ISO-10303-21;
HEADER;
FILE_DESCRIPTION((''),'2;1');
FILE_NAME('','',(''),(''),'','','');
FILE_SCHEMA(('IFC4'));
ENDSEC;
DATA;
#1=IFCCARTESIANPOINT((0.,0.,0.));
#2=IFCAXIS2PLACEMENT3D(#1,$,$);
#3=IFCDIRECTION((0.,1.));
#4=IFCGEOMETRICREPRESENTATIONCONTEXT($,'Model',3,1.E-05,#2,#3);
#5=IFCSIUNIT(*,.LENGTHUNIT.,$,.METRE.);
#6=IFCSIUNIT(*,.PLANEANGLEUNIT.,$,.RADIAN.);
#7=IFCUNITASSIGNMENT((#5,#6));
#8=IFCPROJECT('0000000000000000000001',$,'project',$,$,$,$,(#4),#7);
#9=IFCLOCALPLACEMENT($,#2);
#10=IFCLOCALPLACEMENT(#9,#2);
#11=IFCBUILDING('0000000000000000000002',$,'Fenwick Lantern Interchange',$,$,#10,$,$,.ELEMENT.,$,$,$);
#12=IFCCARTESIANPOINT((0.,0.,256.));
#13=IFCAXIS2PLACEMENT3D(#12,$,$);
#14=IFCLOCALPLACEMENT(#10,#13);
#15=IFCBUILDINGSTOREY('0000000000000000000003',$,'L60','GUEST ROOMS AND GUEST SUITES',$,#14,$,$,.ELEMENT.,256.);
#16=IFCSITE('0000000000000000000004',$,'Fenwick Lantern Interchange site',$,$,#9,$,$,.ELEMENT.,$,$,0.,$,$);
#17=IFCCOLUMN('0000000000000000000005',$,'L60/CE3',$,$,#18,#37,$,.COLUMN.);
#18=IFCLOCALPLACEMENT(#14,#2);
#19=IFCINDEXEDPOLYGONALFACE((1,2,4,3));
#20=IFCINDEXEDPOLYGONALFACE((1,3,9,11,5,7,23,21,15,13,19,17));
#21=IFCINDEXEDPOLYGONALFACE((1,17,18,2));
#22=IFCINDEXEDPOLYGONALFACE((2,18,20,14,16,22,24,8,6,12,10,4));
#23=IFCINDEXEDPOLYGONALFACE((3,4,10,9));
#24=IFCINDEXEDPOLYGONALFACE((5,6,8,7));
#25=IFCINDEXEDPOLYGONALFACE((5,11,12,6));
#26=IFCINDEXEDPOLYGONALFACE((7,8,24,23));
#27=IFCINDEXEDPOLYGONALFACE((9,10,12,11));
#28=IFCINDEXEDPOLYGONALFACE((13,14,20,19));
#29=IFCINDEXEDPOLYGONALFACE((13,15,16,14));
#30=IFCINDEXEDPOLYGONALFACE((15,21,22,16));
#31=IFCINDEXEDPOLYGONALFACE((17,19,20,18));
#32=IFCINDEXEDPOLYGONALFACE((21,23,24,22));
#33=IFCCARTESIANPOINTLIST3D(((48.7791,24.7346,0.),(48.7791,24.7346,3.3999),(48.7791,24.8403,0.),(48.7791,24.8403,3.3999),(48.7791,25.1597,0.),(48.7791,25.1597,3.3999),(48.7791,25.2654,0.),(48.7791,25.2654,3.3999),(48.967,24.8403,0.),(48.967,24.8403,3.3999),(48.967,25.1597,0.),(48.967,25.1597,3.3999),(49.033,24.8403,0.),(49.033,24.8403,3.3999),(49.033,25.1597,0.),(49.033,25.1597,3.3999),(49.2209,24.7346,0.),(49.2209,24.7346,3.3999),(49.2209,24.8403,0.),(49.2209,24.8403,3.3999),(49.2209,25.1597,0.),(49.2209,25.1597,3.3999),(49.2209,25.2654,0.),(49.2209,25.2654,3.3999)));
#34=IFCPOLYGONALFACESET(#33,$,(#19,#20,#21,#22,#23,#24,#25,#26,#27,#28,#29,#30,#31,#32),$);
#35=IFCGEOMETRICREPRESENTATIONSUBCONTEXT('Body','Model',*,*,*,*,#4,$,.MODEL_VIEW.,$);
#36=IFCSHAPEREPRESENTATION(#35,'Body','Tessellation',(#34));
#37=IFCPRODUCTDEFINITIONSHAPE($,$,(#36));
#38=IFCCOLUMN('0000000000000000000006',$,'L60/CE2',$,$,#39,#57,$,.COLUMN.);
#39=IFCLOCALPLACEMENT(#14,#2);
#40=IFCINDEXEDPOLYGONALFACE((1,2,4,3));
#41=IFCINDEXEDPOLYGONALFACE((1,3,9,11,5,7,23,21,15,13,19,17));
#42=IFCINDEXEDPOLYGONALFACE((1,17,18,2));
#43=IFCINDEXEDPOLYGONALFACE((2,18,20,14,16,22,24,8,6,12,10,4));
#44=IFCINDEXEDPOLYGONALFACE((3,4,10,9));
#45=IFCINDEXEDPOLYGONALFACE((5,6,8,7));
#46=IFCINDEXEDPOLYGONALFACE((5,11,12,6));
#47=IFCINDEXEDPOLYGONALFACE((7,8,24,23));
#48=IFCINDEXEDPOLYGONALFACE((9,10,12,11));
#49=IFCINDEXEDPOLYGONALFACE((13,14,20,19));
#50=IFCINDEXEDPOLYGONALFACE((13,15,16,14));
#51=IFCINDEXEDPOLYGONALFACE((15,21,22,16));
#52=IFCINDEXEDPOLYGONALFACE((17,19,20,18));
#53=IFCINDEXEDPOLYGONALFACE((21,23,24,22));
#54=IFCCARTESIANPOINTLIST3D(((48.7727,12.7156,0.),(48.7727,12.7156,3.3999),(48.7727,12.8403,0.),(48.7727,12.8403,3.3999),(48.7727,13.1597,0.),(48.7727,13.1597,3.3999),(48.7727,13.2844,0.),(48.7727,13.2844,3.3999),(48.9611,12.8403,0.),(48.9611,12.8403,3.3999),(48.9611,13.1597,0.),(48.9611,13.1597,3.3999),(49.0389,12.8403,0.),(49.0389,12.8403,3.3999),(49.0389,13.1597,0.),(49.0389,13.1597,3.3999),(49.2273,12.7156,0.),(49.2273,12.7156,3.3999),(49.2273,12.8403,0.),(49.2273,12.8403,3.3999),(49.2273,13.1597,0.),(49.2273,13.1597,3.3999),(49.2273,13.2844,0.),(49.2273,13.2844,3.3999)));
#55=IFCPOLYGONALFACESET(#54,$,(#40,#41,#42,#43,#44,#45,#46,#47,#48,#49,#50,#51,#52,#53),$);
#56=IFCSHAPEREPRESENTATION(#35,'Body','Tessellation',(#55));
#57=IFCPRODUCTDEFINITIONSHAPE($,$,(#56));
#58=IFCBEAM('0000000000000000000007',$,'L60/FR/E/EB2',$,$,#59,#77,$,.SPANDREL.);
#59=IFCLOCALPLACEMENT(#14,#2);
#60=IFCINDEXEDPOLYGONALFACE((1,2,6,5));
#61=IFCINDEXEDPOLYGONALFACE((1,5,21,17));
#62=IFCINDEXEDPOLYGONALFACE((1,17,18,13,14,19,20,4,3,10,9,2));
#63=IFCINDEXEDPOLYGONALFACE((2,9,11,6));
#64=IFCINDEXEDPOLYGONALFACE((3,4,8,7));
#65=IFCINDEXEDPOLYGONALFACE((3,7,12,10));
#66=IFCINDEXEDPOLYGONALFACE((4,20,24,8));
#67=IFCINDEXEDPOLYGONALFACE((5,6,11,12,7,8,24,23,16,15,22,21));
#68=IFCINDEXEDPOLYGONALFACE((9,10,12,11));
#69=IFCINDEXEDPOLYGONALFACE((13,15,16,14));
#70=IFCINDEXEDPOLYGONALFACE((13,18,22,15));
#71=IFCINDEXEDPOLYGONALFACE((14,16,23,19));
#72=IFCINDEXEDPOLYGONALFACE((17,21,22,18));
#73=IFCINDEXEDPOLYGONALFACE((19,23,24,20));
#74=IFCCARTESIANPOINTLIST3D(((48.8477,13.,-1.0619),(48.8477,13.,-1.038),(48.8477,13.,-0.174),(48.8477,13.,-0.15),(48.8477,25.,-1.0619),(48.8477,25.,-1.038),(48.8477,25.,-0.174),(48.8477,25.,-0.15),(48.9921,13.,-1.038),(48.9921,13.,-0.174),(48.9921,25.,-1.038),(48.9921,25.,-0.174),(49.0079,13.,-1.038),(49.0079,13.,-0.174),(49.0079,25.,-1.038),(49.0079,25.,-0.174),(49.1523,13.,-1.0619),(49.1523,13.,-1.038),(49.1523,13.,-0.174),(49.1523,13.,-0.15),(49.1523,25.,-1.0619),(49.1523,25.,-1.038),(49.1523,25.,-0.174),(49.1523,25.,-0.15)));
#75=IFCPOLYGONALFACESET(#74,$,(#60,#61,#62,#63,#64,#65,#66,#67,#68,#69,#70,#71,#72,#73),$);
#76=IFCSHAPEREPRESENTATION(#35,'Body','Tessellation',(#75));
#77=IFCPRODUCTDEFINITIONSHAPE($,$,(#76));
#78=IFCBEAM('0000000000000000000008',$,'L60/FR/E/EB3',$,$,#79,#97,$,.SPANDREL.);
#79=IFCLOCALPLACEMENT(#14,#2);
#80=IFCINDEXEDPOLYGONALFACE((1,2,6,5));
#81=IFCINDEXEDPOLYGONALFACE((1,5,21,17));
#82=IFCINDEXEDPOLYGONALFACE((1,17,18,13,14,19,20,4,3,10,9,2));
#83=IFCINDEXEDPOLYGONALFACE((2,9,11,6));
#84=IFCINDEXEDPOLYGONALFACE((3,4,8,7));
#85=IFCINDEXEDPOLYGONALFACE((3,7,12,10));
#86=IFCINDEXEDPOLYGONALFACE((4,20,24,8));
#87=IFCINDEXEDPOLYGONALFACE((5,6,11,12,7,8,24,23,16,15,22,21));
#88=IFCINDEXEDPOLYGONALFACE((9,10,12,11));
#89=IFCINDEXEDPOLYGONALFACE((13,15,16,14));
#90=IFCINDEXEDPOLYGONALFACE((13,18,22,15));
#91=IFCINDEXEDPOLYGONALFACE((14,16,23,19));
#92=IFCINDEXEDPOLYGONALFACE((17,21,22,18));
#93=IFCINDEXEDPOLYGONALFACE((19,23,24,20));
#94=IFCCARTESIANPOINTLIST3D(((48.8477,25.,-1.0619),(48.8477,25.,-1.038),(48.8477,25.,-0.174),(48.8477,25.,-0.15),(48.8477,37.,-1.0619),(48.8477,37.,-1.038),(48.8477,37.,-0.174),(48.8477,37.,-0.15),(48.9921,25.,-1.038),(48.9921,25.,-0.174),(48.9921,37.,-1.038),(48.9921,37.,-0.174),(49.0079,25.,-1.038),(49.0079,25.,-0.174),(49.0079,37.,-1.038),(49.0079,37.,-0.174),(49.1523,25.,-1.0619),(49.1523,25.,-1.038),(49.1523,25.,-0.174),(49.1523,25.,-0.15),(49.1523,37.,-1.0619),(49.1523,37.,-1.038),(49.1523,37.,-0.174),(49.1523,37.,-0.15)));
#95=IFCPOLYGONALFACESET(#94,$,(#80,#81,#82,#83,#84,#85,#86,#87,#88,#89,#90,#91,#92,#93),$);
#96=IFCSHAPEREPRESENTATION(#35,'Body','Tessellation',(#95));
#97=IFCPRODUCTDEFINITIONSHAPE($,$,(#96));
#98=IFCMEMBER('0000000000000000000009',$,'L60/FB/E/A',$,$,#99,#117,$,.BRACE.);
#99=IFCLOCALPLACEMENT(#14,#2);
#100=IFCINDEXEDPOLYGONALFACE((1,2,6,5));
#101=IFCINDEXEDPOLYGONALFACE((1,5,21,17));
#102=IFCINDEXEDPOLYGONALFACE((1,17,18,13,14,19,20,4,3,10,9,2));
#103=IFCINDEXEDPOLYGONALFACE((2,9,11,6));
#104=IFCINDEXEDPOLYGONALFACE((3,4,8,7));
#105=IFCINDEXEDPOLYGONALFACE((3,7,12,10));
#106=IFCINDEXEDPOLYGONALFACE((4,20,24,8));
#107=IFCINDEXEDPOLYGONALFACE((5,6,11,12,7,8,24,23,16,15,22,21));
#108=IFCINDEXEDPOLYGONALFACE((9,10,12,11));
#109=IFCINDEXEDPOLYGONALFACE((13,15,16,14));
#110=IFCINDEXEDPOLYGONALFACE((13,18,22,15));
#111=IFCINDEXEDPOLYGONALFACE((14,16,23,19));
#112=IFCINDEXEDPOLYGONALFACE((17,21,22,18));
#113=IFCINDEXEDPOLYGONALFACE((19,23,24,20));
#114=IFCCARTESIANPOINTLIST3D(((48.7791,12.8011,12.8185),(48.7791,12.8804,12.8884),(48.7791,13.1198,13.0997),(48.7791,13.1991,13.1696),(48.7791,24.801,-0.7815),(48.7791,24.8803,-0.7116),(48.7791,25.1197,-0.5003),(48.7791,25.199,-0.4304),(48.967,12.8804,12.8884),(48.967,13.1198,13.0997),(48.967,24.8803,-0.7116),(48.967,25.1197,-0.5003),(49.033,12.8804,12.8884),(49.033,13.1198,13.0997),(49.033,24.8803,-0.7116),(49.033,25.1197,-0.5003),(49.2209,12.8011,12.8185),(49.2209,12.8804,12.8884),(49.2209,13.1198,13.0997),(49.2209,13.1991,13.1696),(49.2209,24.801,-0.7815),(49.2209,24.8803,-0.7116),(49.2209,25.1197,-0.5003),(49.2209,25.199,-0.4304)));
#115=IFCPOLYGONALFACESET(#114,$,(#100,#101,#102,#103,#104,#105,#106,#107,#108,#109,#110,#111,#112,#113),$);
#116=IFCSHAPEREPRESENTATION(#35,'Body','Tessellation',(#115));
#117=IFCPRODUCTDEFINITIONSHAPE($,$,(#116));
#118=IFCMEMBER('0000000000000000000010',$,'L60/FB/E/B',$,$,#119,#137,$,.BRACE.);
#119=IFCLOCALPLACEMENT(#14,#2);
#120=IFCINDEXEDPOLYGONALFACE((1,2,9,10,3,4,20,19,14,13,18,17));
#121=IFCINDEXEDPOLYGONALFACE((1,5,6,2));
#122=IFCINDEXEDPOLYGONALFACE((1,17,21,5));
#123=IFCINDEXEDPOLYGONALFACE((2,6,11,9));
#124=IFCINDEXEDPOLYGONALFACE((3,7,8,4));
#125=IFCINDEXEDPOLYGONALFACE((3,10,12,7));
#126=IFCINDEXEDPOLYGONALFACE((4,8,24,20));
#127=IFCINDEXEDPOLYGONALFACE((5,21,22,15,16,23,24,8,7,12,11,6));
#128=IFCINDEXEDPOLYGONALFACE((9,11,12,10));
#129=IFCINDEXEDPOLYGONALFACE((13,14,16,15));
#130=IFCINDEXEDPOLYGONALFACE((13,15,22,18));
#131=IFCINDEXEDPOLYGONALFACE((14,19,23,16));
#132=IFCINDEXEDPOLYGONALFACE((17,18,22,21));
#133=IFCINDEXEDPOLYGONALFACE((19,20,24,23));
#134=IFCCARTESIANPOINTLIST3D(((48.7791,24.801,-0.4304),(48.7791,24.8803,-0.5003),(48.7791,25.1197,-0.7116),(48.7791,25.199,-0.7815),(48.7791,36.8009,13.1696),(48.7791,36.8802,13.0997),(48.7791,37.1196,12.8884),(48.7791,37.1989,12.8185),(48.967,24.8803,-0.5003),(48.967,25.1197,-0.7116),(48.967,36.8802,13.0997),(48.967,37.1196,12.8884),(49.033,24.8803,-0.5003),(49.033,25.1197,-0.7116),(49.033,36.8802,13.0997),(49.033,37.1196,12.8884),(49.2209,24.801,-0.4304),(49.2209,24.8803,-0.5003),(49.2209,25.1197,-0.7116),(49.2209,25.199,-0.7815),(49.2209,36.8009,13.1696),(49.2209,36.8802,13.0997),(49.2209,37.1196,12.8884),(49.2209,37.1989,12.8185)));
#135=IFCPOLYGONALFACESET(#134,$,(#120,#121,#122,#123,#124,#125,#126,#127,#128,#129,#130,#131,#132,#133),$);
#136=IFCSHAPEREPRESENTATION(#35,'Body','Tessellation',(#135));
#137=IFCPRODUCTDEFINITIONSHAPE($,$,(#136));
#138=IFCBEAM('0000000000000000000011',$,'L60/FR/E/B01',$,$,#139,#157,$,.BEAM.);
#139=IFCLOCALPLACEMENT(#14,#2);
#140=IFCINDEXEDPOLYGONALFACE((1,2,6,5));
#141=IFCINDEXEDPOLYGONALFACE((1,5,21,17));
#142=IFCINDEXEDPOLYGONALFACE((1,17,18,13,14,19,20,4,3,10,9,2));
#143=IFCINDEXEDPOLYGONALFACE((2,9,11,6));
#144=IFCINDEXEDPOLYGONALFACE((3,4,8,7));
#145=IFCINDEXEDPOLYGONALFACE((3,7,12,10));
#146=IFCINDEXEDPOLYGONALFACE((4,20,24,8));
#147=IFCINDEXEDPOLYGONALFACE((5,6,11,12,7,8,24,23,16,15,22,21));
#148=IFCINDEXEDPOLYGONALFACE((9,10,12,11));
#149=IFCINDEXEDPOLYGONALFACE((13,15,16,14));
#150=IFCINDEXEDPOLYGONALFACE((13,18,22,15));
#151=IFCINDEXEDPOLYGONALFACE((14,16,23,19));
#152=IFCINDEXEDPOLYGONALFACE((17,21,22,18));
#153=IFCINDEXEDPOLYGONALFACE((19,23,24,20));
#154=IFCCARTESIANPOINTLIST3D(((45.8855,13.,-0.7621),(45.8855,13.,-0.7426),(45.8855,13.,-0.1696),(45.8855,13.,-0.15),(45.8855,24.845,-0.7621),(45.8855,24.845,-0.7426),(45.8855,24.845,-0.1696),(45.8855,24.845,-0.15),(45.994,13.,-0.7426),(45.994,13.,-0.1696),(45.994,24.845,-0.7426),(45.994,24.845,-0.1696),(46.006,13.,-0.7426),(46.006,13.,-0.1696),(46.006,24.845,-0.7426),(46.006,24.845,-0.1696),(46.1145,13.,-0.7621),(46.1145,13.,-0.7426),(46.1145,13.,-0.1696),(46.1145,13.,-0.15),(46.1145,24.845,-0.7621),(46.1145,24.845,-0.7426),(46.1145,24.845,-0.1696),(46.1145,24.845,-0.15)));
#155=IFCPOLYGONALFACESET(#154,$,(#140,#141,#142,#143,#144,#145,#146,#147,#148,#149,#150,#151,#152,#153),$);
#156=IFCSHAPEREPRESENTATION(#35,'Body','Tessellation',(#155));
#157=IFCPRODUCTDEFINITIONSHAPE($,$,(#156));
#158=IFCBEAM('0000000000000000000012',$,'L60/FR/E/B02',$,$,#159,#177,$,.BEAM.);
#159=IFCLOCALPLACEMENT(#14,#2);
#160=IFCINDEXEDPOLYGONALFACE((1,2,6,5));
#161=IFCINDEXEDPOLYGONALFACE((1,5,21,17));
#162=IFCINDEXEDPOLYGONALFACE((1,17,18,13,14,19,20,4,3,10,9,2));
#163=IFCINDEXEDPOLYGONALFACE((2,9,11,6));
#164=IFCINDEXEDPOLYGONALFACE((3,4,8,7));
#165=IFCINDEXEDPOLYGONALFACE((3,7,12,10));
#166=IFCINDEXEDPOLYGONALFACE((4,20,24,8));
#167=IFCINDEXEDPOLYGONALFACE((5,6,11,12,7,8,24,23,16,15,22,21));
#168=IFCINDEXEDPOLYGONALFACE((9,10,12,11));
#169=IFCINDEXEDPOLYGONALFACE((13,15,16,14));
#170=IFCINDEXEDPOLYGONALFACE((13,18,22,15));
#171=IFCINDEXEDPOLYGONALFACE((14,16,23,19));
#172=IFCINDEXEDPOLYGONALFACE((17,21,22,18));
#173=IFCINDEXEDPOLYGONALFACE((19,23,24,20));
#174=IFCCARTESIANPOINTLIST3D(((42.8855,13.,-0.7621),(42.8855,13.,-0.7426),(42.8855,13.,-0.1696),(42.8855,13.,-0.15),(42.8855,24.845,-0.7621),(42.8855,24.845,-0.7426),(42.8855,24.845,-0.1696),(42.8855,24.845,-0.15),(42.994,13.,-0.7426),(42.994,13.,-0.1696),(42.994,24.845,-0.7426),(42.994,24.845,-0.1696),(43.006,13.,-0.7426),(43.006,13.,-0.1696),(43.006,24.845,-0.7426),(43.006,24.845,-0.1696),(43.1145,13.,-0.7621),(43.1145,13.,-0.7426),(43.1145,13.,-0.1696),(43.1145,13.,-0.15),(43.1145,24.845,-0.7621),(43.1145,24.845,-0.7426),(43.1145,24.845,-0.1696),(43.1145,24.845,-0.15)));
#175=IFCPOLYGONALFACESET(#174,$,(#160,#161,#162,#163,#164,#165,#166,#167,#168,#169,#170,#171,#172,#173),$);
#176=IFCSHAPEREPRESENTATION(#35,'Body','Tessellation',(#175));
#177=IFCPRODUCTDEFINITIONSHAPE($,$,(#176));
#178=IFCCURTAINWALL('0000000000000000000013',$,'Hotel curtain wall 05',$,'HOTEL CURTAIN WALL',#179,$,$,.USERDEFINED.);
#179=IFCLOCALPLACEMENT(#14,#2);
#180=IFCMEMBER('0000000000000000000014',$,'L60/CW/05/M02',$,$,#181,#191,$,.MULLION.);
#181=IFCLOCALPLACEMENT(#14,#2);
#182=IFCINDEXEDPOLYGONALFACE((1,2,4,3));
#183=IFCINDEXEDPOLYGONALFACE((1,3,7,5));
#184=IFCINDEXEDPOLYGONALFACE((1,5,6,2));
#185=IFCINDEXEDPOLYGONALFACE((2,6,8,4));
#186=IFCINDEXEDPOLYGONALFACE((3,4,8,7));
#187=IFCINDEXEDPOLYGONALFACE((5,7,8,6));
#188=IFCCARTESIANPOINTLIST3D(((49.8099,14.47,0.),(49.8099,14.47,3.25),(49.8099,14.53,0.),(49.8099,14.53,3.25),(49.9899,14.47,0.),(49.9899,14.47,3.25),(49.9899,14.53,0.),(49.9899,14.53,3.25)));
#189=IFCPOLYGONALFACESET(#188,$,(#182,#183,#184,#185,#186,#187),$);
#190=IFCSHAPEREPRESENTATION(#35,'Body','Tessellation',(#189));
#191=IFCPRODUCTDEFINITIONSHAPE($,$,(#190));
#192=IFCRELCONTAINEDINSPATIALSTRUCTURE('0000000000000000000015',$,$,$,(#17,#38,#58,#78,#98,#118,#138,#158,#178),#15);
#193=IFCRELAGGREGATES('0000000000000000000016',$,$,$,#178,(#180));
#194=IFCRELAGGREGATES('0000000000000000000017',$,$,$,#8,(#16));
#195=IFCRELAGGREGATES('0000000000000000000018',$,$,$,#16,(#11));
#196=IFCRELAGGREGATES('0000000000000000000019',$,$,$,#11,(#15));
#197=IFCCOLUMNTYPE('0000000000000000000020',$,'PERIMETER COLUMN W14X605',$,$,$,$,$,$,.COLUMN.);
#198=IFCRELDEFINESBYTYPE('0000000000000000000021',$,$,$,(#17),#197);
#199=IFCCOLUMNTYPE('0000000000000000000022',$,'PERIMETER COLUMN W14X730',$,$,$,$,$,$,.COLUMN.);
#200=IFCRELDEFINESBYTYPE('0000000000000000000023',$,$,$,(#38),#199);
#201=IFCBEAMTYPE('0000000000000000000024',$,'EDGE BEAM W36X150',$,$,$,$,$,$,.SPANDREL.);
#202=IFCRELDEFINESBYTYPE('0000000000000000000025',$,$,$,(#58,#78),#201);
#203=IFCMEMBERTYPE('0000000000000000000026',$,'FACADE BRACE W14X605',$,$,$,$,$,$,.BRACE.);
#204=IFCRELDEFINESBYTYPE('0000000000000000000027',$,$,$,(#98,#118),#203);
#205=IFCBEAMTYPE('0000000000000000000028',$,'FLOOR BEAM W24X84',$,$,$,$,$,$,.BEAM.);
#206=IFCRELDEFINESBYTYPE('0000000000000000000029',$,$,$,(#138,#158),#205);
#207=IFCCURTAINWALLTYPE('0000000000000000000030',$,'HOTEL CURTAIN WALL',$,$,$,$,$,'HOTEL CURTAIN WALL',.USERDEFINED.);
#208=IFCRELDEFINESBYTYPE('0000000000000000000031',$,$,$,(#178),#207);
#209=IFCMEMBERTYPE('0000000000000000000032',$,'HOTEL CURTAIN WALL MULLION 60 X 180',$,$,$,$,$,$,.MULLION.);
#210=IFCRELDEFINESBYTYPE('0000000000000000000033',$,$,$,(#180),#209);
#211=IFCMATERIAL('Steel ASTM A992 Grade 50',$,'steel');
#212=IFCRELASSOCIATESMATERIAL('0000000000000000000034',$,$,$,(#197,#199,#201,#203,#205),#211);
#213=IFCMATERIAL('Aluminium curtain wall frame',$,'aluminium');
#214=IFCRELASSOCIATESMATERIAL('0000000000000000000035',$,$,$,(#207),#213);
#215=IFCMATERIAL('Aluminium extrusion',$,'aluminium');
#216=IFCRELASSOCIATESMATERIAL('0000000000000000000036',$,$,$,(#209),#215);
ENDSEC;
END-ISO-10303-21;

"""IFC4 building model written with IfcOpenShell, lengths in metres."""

from ifc_helpers import new_model, si_unit, direction, frame, origin, origin_2d, place, context, subcontext, project, spatial, rectangle, i_section, extrude, material, material_profile, profile_set, type_object, element, aggregate, save


model = new_model("IFC4")

# Units and contexts
model_context = context("Model", 3, precision=1e-05, world=origin(), true_north=direction((0.0, 1.0)))
body_context = subcontext(model_context, "Body", "Model", "MODEL_VIEW")
ifc_project = project(units=[si_unit("LENGTHUNIT", "METRE"), si_unit("PLANEANGLEUNIT", "RADIAN")], contexts=[model_context])

# Site, building, storey
site_placement = place(None, origin())
site = spatial("IfcSite", under=ifc_project, at=site_placement, Name="Fenwick Lantern Interchange site", CompositionType="ELEMENT", RefElevation=0.0)
building_placement = place(site_placement, origin())
building = spatial("IfcBuilding", under=site, at=building_placement, Name="Fenwick Lantern Interchange", CompositionType="ELEMENT")
storey_placement = place(building_placement, frame((0.0, 0.0, 256.0)))
storey = spatial("IfcBuildingStorey", under=building, at=storey_placement, Name="L60", Description="GUEST ROOMS AND GUEST SUITES", CompositionType="ELEMENT", Elevation=256.0)

# Columns
ifc_material_1 = material(Name="Steel ASTM A992 Grade 50", Category="steel")
ifc_material_profile_1 = material_profile(ifc_material_1, i_section(OverallWidth=0.4419, OverallDepth=0.5308, WebThickness=0.0659, FlangeThickness=0.1057, at=origin_2d()), Name="W14X605")
ifc_profile_set_1 = profile_set([ifc_material_profile_1], Name="Steel ASTM A992 Grade 50")
column_type_1 = type_object("IfcColumnType", Name="PERIMETER COLUMN W14X605", PredefinedType="COLUMN", material=ifc_profile_set_1)
column_1_placement = place(storey_placement, frame((49.0, 25.0, 0.0), z_axis=(0.0, 0.0, 1.0), x_axis=(1.0, 0.0, 0.0)))
element("IfcColumn", 1, at=column_1_placement, inside=storey, type_object=column_type_1, Name="L60/CE3", PredefinedType="COLUMN", context=body_context, shape_type="SweptSolid", body=[
    extrude(i_section(OverallWidth=0.4419, OverallDepth=0.5308, WebThickness=0.0659, FlangeThickness=0.1057, at=origin_2d()), origin(), (0.0, 0.0, 1.0), 3.3999),
])
ifc_material_profile_2 = material_profile(ifc_material_1, i_section(OverallWidth=0.4546, OverallDepth=0.5688, WebThickness=0.0779, FlangeThickness=0.1248, at=origin_2d()), Name="W14X730")
ifc_profile_set_2 = profile_set([ifc_material_profile_2], Name="Steel ASTM A992 Grade 50")
column_type_2 = type_object("IfcColumnType", Name="PERIMETER COLUMN W14X730", PredefinedType="COLUMN", material=ifc_profile_set_2)
column_2_placement = place(storey_placement, frame((49.0, 13.0, 0.0), z_axis=(0.0, 0.0, 1.0), x_axis=(1.0, 0.0, 0.0)))
element("IfcColumn", 2, at=column_2_placement, inside=storey, type_object=column_type_2, Name="L60/CE2", PredefinedType="COLUMN", context=body_context, shape_type="SweptSolid", body=[
    extrude(i_section(OverallWidth=0.4546, OverallDepth=0.5688, WebThickness=0.0779, FlangeThickness=0.1248, at=origin_2d()), origin(), (0.0, 0.0, 1.0), 3.3999),
])

# Beams
ifc_material_profile_3 = material_profile(ifc_material_1, i_section(OverallWidth=0.3047, OverallDepth=0.9119, WebThickness=0.0159, FlangeThickness=0.0239, at=origin_2d()), Name="W36X150")
ifc_profile_set_3 = profile_set([ifc_material_profile_3], Name="Steel ASTM A992 Grade 50")
beam_type_1 = type_object("IfcBeamType", Name="EDGE BEAM W36X150", PredefinedType="SPANDREL", material=ifc_profile_set_3)
for number, where, z_axis, x_axis, name in (
    (3, (49.0, 13.0, -0.606), (0.0, 1.0, 0.0), (-1.0, 0.0, 0.0), "L60/FR/E/EB2"),
    (4, (49.0, 25.0, -0.606), (0.0, 1.0, 0.0), (-1.0, 0.0, 0.0), "L60/FR/E/EB3"),
):
    element("IfcBeam", number, at=place(storey_placement, frame(where, z_axis=z_axis, x_axis=x_axis)), inside=storey, type_object=beam_type_1, Name=name, PredefinedType="SPANDREL", context=body_context, shape_type="SweptSolid", body=[
        extrude(i_section(OverallWidth=0.3047, OverallDepth=0.9119, WebThickness=0.0159, FlangeThickness=0.0239, at=origin_2d()), origin(), (0.0, 0.0, 1.0), 12.0),
    ])

# Members
ifc_material_profile_4 = material_profile(ifc_material_1, i_section(OverallWidth=0.4419, OverallDepth=0.5308, WebThickness=0.0659, FlangeThickness=0.1057, at=origin_2d()), Name="W14X605")
ifc_profile_set_4 = profile_set([ifc_material_profile_4], Name="Steel ASTM A992 Grade 50")
member_type_1 = type_object("IfcMemberType", Name="FACADE BRACE W14X605", PredefinedType="BRACE", material=ifc_profile_set_4)
for number, where, z_axis, x_axis, name in (
    (5, (49.0, 25.0, -0.606), (0.0, -0.661619, 0.74984), (1.0, 0.0, 0.0), "L60/FB/E/A"),
    (6, (49.0, 25.0, -0.606), (0.0, 0.661619, 0.74984), (-1.0, 0.0, 0.0), "L60/FB/E/B"),
):
    element("IfcMember", number, at=place(storey_placement, frame(where, z_axis=z_axis, x_axis=x_axis)), inside=storey, type_object=member_type_1, Name=name, PredefinedType="BRACE", context=body_context, shape_type="SweptSolid", body=[
        extrude(i_section(OverallWidth=0.4419, OverallDepth=0.5308, WebThickness=0.0659, FlangeThickness=0.1057, at=origin_2d()), origin(), (0.0, 0.0, 1.0), 18.1372),
    ])

# Beams
ifc_material_profile_5 = material_profile(ifc_material_1, i_section(OverallWidth=0.229, OverallDepth=0.6121, WebThickness=0.012, FlangeThickness=0.0195, at=origin_2d()), Name="W24X84")
ifc_profile_set_5 = profile_set([ifc_material_profile_5], Name="Steel ASTM A992 Grade 50")
beam_type_2 = type_object("IfcBeamType", Name="FLOOR BEAM W24X84", PredefinedType="BEAM", material=ifc_profile_set_5)
for number, where, z_axis, x_axis, name in (
    (7, (46.0, 13.0, -0.4561), (0.0, 1.0, 0.0), (-1.0, 0.0, 0.0), "L60/FR/E/B01"),
    (8, (43.0, 13.0, -0.4561), (0.0, 1.0, 0.0), (-1.0, 0.0, 0.0), "L60/FR/E/B02"),
):
    element("IfcBeam", number, at=place(storey_placement, frame(where, z_axis=z_axis, x_axis=x_axis)), inside=storey, type_object=beam_type_2, Name=name, PredefinedType="BEAM", context=body_context, shape_type="SweptSolid", body=[
        extrude(i_section(OverallWidth=0.229, OverallDepth=0.6121, WebThickness=0.012, FlangeThickness=0.0195, at=origin_2d()), origin(), (0.0, 0.0, 1.0), 11.845),
    ])

# Curtain wall, member
ifc_material_2 = material(Name="Aluminium curtain wall frame", Category="aluminium")
curtain_wall_type = type_object("IfcCurtainWallType", Name="HOTEL CURTAIN WALL", ElementType="HOTEL CURTAIN WALL", PredefinedType="USERDEFINED", material=ifc_material_2)
curtain_wall_placement = place(storey_placement, origin())
curtain_wall = element("IfcCurtainWall", 9, at=curtain_wall_placement, inside=storey, type_object=curtain_wall_type, Name="Hotel curtain wall 05", ObjectType="HOTEL CURTAIN WALL", PredefinedType="USERDEFINED")
ifc_material_3 = material(Name="Aluminium extrusion", Category="aluminium")
ifc_material_profile_6 = material_profile(ifc_material_3, rectangle(XDim=0.1799, YDim=0.0601, at=origin_2d()), Name="HOTEL CURTAIN WALL MULLION 60 X 180")
ifc_profile_set_6 = profile_set([ifc_material_profile_6], Name="Aluminium extrusion")
member_type_2 = type_object("IfcMemberType", Name="HOTEL CURTAIN WALL MULLION 60 X 180", PredefinedType="MULLION", material=ifc_profile_set_6)
member_1_placement = place(storey_placement, frame((49.8999, 14.5, 0.0), z_axis=(0.0, 0.0, 1.0), x_axis=(-1.0, 0.0, 0.0)))
member_1 = element("IfcMember", 10, at=member_1_placement, type_object=member_type_2, Name="L60/CW/05/M02", PredefinedType="MULLION", context=body_context, shape_type="SweptSolid", body=[
    extrude(rectangle(XDim=0.1799, YDim=0.0601, at=origin_2d()), origin(), (0.0, 0.0, 1.0), 3.25),
])
aggregate(curtain_wall, [member_1])

save(model, "model.ifc")
